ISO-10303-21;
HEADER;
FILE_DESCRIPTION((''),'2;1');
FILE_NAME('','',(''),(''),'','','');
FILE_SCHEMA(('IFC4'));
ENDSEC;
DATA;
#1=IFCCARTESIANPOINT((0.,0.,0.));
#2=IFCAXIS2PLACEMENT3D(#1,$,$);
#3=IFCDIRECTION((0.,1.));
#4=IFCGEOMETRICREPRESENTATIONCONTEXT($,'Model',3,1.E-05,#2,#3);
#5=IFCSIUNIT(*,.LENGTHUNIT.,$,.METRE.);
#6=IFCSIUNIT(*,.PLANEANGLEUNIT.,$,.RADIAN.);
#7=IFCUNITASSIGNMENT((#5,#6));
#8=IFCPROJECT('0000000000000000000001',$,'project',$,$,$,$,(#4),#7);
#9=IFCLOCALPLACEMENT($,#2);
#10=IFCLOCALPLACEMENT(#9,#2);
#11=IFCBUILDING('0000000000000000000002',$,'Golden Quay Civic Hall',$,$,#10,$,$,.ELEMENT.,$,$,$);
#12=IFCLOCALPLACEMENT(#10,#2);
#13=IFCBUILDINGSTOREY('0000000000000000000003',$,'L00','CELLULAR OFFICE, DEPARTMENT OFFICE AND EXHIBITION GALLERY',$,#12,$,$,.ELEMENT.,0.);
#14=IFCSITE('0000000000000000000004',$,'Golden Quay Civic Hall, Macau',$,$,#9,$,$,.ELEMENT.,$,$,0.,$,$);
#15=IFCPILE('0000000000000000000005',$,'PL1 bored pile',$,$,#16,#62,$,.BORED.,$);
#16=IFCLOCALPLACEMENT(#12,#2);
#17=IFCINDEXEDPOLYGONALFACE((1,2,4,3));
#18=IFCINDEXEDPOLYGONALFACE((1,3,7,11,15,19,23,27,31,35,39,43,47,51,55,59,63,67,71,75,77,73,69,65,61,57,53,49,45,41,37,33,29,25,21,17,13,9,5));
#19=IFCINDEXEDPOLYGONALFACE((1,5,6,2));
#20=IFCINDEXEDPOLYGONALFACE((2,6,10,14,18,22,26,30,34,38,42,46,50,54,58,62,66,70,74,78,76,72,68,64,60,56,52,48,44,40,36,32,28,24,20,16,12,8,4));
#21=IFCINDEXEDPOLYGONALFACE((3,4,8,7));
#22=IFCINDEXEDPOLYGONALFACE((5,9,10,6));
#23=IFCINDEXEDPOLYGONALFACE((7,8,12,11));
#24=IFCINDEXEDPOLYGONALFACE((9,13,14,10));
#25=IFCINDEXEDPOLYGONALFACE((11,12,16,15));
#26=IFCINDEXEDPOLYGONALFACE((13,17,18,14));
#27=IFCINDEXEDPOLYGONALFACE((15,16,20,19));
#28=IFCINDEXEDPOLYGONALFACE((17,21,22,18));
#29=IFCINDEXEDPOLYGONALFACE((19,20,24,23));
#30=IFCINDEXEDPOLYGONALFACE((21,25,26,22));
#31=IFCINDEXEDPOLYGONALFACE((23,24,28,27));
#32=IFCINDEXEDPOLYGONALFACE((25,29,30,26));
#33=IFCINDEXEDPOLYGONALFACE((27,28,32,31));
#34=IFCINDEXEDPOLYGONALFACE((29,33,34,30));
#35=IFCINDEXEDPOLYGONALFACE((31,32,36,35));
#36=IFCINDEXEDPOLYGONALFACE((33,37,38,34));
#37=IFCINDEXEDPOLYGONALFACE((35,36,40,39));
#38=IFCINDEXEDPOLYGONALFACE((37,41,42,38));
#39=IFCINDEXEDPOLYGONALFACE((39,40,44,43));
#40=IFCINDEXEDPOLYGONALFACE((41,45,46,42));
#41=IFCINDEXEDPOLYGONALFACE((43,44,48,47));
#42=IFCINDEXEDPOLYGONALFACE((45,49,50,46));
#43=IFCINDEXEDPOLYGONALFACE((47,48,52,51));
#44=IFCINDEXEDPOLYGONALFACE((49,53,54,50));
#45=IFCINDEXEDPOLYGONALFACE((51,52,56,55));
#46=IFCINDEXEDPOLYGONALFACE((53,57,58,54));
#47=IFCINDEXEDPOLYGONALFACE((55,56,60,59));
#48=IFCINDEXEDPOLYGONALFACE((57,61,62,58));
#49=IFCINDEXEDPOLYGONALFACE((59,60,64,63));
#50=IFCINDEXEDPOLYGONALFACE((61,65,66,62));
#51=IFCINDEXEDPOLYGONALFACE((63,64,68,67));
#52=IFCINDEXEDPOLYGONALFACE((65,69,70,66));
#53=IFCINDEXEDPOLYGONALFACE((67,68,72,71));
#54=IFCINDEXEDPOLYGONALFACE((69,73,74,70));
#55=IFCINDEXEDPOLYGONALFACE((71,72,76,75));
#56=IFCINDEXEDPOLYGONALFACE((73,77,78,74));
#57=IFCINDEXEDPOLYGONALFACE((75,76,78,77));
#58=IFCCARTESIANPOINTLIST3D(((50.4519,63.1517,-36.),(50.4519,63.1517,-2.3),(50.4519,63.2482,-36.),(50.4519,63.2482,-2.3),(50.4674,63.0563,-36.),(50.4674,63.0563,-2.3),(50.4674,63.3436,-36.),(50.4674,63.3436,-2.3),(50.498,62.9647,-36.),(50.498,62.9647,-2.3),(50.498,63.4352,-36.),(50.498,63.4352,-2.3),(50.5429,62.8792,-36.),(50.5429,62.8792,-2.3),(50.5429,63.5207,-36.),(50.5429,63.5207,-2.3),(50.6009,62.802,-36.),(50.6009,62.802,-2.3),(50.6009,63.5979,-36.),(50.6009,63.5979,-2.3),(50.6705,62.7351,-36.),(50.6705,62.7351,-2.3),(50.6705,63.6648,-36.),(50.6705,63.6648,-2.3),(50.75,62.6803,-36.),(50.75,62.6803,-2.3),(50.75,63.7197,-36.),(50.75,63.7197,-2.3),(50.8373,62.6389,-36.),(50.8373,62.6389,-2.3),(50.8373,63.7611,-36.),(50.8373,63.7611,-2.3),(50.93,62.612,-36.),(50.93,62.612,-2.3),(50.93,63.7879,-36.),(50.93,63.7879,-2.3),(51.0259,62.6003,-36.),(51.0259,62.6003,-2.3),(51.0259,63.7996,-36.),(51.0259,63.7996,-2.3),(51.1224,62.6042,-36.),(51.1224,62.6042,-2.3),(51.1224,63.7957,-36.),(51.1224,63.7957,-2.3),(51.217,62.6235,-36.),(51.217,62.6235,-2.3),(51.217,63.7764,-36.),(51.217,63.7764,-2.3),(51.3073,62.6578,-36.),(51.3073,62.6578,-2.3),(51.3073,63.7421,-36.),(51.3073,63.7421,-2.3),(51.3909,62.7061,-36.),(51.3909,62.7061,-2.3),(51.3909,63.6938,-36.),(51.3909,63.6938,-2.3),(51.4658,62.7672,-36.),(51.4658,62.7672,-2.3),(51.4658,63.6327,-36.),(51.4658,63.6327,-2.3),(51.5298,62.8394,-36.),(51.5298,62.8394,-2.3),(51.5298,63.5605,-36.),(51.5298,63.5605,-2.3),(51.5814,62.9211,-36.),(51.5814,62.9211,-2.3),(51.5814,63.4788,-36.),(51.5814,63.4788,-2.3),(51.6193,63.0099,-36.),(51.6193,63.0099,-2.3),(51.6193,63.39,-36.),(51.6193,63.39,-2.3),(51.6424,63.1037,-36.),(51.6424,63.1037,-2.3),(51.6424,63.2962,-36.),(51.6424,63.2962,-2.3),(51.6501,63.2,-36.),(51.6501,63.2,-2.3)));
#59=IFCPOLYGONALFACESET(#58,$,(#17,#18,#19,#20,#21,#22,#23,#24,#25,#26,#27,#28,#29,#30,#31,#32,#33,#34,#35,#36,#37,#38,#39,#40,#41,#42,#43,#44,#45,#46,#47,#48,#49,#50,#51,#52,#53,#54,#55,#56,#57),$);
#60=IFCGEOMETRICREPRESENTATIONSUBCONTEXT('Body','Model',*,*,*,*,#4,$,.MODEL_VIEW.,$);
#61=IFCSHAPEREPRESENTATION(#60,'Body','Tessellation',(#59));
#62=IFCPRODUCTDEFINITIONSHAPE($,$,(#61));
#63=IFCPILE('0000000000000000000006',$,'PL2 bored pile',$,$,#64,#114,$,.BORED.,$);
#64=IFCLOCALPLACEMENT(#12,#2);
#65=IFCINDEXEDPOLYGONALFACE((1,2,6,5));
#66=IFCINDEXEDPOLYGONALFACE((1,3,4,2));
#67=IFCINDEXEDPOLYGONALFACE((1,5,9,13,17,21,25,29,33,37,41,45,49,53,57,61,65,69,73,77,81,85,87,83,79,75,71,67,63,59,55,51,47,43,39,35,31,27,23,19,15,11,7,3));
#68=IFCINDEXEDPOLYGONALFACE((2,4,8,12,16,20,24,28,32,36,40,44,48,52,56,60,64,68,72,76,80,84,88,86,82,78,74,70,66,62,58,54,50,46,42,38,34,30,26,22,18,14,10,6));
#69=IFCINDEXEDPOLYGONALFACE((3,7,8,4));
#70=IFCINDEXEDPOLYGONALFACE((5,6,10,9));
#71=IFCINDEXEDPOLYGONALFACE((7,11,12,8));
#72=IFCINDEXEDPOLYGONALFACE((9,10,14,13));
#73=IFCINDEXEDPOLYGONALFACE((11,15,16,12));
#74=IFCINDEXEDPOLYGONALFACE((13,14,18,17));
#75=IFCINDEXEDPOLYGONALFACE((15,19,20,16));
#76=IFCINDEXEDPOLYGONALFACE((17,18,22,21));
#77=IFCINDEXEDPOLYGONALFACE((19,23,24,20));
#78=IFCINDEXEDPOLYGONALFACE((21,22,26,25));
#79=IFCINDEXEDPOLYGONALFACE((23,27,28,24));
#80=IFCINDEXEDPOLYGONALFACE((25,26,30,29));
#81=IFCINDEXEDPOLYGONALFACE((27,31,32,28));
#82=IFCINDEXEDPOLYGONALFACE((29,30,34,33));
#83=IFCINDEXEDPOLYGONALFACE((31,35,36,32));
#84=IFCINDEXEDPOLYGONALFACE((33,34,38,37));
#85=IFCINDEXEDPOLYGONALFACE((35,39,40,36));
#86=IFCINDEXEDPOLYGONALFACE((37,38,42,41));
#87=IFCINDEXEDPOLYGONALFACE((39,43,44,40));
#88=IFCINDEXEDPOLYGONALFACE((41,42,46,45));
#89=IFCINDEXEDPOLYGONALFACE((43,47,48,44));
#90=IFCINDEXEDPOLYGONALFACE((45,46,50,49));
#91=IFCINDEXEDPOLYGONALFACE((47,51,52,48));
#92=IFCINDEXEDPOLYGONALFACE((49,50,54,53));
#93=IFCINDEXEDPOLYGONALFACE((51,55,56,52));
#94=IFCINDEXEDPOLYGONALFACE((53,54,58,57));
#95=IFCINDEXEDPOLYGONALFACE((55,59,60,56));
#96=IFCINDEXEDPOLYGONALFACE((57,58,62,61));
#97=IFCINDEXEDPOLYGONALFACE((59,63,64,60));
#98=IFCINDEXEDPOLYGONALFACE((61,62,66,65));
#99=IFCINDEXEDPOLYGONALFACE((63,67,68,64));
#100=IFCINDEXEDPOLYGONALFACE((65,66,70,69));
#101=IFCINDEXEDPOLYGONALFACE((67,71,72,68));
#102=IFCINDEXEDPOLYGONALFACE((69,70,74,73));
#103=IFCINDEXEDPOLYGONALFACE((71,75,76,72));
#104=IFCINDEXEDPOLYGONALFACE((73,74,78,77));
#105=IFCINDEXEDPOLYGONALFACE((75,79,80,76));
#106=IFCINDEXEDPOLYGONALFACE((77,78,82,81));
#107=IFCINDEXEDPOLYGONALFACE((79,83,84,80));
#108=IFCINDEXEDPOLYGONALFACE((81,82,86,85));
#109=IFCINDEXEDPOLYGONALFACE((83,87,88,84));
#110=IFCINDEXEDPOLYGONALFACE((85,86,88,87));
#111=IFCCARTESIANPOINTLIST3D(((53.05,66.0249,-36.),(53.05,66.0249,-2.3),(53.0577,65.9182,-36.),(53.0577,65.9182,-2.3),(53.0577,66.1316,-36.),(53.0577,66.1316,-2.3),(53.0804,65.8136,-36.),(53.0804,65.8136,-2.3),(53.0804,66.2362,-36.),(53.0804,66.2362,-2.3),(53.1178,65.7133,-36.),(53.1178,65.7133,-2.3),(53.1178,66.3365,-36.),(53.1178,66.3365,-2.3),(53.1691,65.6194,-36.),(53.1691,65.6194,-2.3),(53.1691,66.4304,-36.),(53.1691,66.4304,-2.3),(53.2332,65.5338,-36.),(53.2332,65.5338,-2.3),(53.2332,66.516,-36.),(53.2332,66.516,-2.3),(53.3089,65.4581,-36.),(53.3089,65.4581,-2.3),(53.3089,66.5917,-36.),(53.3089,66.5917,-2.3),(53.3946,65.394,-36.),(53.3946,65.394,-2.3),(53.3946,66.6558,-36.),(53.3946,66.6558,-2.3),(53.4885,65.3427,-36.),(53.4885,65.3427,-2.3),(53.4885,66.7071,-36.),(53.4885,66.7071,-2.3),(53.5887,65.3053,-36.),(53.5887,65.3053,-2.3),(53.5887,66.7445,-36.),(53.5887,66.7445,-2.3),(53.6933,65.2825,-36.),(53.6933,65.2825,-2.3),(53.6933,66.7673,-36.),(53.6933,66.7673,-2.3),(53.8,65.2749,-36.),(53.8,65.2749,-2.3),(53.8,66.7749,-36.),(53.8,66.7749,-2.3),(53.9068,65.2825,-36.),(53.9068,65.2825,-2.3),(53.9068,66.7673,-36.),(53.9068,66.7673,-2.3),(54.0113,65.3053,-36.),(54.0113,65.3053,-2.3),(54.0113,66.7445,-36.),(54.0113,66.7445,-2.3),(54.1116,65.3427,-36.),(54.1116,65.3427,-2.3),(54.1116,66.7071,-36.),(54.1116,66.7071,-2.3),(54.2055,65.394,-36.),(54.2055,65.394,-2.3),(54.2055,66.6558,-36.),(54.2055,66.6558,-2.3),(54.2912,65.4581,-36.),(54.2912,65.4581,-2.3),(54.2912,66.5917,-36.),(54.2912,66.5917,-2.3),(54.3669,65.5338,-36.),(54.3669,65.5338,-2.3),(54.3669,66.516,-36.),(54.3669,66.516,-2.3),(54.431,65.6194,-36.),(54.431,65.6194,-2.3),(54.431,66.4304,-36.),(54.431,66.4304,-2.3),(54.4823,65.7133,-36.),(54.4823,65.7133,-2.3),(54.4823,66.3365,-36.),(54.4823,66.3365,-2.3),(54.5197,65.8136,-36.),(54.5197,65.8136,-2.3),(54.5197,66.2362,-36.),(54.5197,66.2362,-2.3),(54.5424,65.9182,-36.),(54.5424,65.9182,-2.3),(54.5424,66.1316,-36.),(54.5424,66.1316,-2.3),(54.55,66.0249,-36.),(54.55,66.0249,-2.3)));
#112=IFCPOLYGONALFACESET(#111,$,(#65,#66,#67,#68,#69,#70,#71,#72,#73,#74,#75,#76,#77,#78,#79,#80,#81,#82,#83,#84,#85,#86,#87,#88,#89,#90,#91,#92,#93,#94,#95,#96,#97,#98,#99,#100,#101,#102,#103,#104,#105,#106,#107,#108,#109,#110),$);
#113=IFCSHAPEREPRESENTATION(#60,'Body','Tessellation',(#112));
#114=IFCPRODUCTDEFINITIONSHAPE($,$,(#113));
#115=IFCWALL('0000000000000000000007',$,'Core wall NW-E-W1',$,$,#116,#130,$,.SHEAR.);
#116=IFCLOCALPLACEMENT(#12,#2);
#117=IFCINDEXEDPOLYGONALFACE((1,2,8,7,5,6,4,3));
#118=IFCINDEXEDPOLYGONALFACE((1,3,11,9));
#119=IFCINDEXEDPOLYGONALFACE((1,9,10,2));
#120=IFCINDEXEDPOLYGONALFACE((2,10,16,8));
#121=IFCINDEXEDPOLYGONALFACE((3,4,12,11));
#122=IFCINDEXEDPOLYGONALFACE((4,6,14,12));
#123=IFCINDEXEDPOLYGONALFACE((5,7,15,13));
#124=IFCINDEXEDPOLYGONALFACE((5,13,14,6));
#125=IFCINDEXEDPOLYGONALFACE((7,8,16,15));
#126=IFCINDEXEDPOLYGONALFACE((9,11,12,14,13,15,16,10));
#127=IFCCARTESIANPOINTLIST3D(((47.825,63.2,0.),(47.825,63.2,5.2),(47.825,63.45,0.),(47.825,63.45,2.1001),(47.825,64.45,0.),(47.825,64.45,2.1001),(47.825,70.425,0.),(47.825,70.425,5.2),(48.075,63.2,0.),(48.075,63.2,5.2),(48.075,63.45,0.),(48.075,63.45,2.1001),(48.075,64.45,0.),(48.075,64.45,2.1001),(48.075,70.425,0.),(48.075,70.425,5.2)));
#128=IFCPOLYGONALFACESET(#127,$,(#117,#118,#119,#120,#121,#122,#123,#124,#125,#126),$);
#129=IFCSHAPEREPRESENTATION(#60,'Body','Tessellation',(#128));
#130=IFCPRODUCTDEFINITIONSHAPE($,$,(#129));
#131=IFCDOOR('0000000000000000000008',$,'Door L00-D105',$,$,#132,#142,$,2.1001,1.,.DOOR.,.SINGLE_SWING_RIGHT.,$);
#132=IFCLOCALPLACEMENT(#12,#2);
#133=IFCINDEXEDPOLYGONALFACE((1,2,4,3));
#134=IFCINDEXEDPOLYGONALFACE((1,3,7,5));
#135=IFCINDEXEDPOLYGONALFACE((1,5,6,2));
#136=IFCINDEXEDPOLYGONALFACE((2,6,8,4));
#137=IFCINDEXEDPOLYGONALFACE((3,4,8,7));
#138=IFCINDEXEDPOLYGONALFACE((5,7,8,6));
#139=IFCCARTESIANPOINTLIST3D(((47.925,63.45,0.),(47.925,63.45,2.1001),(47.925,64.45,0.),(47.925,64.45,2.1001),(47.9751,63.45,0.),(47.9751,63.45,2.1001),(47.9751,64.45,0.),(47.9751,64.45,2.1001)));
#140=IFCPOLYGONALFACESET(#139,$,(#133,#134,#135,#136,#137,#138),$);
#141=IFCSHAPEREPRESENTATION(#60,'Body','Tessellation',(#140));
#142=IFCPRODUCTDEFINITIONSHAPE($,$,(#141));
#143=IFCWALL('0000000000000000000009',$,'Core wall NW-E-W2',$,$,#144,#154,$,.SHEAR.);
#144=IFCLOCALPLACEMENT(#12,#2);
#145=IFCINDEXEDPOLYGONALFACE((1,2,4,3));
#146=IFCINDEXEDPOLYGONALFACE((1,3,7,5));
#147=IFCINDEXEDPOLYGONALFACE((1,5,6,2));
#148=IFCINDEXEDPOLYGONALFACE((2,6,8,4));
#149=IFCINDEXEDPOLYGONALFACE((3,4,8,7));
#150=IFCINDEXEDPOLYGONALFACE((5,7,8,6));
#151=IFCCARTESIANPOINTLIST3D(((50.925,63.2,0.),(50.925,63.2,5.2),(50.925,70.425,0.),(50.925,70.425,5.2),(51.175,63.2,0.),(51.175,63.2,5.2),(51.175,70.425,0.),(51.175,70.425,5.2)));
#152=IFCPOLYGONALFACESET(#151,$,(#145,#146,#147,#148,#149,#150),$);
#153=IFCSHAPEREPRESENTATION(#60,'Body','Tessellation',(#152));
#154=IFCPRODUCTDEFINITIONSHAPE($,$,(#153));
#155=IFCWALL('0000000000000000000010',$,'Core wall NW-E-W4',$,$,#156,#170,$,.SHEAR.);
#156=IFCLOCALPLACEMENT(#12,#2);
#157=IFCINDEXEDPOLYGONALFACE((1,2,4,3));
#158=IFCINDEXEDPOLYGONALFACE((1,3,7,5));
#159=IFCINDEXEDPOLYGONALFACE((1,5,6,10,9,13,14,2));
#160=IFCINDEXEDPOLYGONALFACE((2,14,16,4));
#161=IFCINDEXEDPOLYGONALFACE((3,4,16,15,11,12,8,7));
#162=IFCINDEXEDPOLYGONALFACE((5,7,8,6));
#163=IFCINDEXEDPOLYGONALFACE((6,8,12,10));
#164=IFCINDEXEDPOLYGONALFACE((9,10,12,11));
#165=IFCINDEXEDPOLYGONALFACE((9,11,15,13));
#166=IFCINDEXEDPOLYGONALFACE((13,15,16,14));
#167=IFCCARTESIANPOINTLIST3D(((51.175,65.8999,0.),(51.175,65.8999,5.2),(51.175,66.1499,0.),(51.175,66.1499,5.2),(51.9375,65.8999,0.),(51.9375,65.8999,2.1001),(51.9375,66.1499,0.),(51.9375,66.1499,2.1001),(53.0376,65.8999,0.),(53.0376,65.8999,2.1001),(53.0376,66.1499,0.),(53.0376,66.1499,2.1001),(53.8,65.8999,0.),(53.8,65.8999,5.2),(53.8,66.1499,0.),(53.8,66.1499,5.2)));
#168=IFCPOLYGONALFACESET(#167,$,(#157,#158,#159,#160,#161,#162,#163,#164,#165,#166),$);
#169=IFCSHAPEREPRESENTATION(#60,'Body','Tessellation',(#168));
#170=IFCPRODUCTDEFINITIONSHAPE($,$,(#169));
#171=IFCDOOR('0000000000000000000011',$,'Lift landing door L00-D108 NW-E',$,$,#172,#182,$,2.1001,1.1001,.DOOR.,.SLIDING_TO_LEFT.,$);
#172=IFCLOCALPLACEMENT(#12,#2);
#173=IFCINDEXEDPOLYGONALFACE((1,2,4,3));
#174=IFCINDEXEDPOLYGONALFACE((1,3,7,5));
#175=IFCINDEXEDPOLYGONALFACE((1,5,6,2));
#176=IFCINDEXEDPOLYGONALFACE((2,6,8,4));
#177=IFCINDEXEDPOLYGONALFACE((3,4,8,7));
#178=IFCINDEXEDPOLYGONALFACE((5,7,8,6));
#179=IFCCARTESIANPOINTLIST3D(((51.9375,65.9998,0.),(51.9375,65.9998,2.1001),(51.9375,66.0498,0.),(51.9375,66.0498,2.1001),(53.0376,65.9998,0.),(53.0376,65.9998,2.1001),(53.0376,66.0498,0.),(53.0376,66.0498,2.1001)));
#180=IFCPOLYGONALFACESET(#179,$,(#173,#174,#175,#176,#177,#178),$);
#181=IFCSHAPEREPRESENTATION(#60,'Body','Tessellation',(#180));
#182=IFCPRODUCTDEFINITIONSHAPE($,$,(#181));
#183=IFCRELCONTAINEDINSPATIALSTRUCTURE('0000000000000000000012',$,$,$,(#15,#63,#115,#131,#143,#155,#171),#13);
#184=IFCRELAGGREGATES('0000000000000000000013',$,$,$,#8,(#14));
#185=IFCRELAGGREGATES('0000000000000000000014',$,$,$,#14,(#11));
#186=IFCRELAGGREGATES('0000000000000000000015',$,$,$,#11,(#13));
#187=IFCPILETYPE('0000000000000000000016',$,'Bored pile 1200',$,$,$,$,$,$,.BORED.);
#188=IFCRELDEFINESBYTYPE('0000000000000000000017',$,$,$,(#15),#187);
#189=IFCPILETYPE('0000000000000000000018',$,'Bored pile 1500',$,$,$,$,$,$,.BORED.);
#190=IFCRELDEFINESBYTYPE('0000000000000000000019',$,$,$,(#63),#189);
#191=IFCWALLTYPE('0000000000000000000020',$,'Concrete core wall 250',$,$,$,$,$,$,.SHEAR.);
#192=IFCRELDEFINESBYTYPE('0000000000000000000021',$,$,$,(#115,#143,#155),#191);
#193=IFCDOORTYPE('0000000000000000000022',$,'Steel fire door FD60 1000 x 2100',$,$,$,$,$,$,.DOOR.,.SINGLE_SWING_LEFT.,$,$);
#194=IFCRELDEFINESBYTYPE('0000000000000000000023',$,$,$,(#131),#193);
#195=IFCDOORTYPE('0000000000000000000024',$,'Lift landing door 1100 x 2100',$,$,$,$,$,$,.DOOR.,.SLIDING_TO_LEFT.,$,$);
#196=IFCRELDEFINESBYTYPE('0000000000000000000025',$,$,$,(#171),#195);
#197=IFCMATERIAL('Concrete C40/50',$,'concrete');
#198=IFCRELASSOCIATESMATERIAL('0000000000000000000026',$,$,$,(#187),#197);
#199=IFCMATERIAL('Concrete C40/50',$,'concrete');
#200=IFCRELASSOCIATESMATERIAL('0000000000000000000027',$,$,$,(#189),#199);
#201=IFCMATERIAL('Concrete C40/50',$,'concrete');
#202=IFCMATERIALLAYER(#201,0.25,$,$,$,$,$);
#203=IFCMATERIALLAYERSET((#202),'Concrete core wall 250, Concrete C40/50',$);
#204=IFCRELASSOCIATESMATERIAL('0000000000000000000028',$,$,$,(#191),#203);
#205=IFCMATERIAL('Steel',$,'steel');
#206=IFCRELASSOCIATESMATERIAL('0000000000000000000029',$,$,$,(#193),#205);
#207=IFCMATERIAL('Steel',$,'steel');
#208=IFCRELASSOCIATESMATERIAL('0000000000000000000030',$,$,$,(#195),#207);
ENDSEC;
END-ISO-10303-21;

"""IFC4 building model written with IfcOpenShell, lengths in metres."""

from ifc_helpers import new_model, si_unit, direction, frame, frame_2d, origin, origin_2d, place, context, subcontext, project, spatial, rectangle, circle, extrude, material, layer, layer_set, material_profile, profile_set, type_object, element, fill, save


model = new_model("IFC4")

# Units and contexts
model_context = context("Model", 3, precision=1e-05, world=origin(), true_north=direction((0.0, 1.0)))
body_context = subcontext(model_context, "Body", "Model", "MODEL_VIEW")
ifc_project = project(units=[si_unit("LENGTHUNIT", "METRE"), si_unit("PLANEANGLEUNIT", "RADIAN")], contexts=[model_context])

# Site, building, storey
site_placement = place(None, origin())
site = spatial("IfcSite", under=ifc_project, at=site_placement, Name="Golden Quay Civic Hall, Macau", CompositionType="ELEMENT", RefElevation=0.0)
building_placement = place(site_placement, origin())
building = spatial("IfcBuilding", under=site, at=building_placement, Name="Golden Quay Civic Hall", CompositionType="ELEMENT")
storey_placement = place(building_placement, origin())
storey = spatial("IfcBuildingStorey", under=building, at=storey_placement, Name="L00", Description="CELLULAR OFFICE, DEPARTMENT OFFICE AND EXHIBITION GALLERY", CompositionType="ELEMENT", Elevation=0.0)

# Piles
ifc_material_1 = material(Name="Concrete C40/50", Category="concrete")
ifc_material_profile_1 = material_profile(ifc_material_1, circle(Radius=0.6001, at=origin_2d()), Name="RC D1200")
ifc_profile_set_1 = profile_set([ifc_material_profile_1], Name="Concrete C40/50")
pile_type_1 = type_object("IfcPileType", Name="Bored pile 1200", PredefinedType="BORED", material=ifc_profile_set_1)
pile_1_placement = place(storey_placement, frame((51.05, 63.2, -2.3), z_axis=(0.0, 0.0, -1.0), x_axis=(1.0, 0.0, 0.0)))
element("IfcPile", 1, at=pile_1_placement, inside=storey, type_object=pile_type_1, Name="PL1 bored pile", PredefinedType="BORED", context=body_context, shape_type="SweptSolid", body=[
    extrude(circle(Radius=0.6001, at=origin_2d()), origin(), (0.0, 0.0, 1.0), 33.7),
])
ifc_material_2 = material(Name="Concrete C40/50", Category="concrete")
ifc_material_profile_2 = material_profile(ifc_material_2, circle(Radius=0.75, at=origin_2d()), Name="RC D1500")
ifc_profile_set_2 = profile_set([ifc_material_profile_2], Name="Concrete C40/50")
pile_type_2 = type_object("IfcPileType", Name="Bored pile 1500", PredefinedType="BORED", material=ifc_profile_set_2)
pile_2_placement = place(storey_placement, frame((53.8, 66.0249, -2.3), z_axis=(0.0, 0.0, -1.0), x_axis=(1.0, 0.0, 0.0)))
element("IfcPile", 2, at=pile_2_placement, inside=storey, type_object=pile_type_2, Name="PL2 bored pile", PredefinedType="BORED", context=body_context, shape_type="SweptSolid", body=[
    extrude(circle(Radius=0.75, at=origin_2d()), origin(), (0.0, 0.0, 1.0), 33.7),
])

# Wall, opening, door
ifc_material_3 = material(Name="Concrete C40/50", Category="concrete")
ifc_layer = layer(ifc_material_3, 0.25)
ifc_layer_set = layer_set([ifc_layer], Name="Concrete core wall 250, Concrete C40/50")
wall_type = type_object("IfcWallType", Name="Concrete core wall 250", PredefinedType="SHEAR", material=ifc_layer_set)
wall_1_placement = place(storey_placement, frame((47.95, 63.2, 0.0), z_axis=(0.0, 0.0, 1.0), x_axis=(0.0, 1.0, 0.0)))
wall_1 = element("IfcWall", 3, at=wall_1_placement, inside=storey, type_object=wall_type, Name="Core wall NW-E-W1", PredefinedType="SHEAR", context=body_context, shape_type="SweptSolid", body=[
    extrude(rectangle(XDim=7.2251, YDim=0.25, at=frame_2d((3.6125, 0.0))), origin(), (0.0, 0.0, 1.0), 5.2),
])
opening_1_placement = place(wall_1_placement, frame((0.25, 0.0, 0.0)))
opening_1 = element("IfcOpeningElement", 4, at=opening_1_placement, cuts=wall_1, PredefinedType="OPENING", context=body_context, shape_type="SweptSolid", body=[
    extrude(rectangle(XDim=1.0, YDim=2.1001, at=frame_2d((0.5, 1.05))), frame((0.0, 0.135, 0.0), z_axis=(0.0, -1.0, 0.0), x_axis=(1.0, 0.0, 0.0)), (0.0, 0.0, 1.0), 0.27),
])
ifc_material_4 = material(Name="Steel", Category="steel")
door_type_1 = type_object("IfcDoorType", Name="Steel fire door FD60 1000 x 2100", OperationType="SINGLE_SWING_LEFT", PredefinedType="DOOR", material=ifc_material_4)
door_1_placement = place(opening_1_placement, frame((1.0, 0.0, 0.0), z_axis=(0.0, 0.0, 1.0), x_axis=(-1.0, 0.0, 0.0)))
door_1 = element("IfcDoor", 5, at=door_1_placement, inside=storey, type_object=door_type_1, Name="Door L00-D105", OperationType="SINGLE_SWING_RIGHT", OverallHeight=2.1001, OverallWidth=1.0, PredefinedType="DOOR", context=body_context, shape_type="SweptSolid", body=[
    extrude(rectangle(XDim=1.0, YDim=2.1001, at=frame_2d((0.5, 1.05))), frame((0.0, 0.0251, 0.0), z_axis=(0.0, -1.0, 0.0), x_axis=(1.0, 0.0, 0.0)), (0.0, 0.0, 1.0), 0.05),
])
fill(opening_1, door_1)

# Wall
wall_2_placement = place(storey_placement, frame((51.05, 63.2, 0.0), z_axis=(0.0, 0.0, 1.0), x_axis=(0.0, 1.0, 0.0)))
element("IfcWall", 6, at=wall_2_placement, inside=storey, type_object=wall_type, Name="Core wall NW-E-W2", PredefinedType="SHEAR", context=body_context, shape_type="SweptSolid", body=[
    extrude(rectangle(XDim=7.2251, YDim=0.25, at=frame_2d((3.6125, 0.0))), origin(), (0.0, 0.0, 1.0), 5.2),
])

# Wall, opening, door
wall_3_placement = place(storey_placement, frame((51.175, 66.0249, 0.0), z_axis=(0.0, 0.0, 1.0), x_axis=(1.0, 0.0, 0.0)))
wall_3 = element("IfcWall", 7, at=wall_3_placement, inside=storey, type_object=wall_type, Name="Core wall NW-E-W4", PredefinedType="SHEAR", context=body_context, shape_type="SweptSolid", body=[
    extrude(rectangle(XDim=2.625, YDim=0.25, at=frame_2d((1.3125, 0.0))), origin(), (0.0, 0.0, 1.0), 5.2),
])
opening_2_placement = place(wall_3_placement, frame((0.7625, 0.0, 0.0)))
opening_2 = element("IfcOpeningElement", 8, at=opening_2_placement, cuts=wall_3, PredefinedType="OPENING", context=body_context, shape_type="SweptSolid", body=[
    extrude(rectangle(XDim=1.1001, YDim=2.1001, at=frame_2d((0.55, 1.05))), frame((0.0, 0.135, 0.0), z_axis=(0.0, -1.0, 0.0), x_axis=(1.0, 0.0, 0.0)), (0.0, 0.0, 1.0), 0.27),
])
ifc_material_5 = material(Name="Steel", Category="steel")
door_type_2 = type_object("IfcDoorType", Name="Lift landing door 1100 x 2100", OperationType="SLIDING_TO_LEFT", PredefinedType="DOOR", material=ifc_material_5)
door_2_placement = place(opening_2_placement, origin())
door_2 = element("IfcDoor", 9, at=door_2_placement, inside=storey, type_object=door_type_2, Name="Lift landing door L00-D108 NW-E", OperationType="SLIDING_TO_LEFT", OverallHeight=2.1001, OverallWidth=1.1001, PredefinedType="DOOR", context=body_context, shape_type="SweptSolid", body=[
    extrude(rectangle(XDim=1.1001, YDim=2.1001, at=frame_2d((0.55, 1.05))), frame((0.0, 0.0249, 0.0), z_axis=(0.0, -1.0, 0.0), x_axis=(1.0, 0.0, 0.0)), (0.0, 0.0, 1.0), 0.05),
])
fill(opening_2, door_2)

save(model, "model.ifc")
